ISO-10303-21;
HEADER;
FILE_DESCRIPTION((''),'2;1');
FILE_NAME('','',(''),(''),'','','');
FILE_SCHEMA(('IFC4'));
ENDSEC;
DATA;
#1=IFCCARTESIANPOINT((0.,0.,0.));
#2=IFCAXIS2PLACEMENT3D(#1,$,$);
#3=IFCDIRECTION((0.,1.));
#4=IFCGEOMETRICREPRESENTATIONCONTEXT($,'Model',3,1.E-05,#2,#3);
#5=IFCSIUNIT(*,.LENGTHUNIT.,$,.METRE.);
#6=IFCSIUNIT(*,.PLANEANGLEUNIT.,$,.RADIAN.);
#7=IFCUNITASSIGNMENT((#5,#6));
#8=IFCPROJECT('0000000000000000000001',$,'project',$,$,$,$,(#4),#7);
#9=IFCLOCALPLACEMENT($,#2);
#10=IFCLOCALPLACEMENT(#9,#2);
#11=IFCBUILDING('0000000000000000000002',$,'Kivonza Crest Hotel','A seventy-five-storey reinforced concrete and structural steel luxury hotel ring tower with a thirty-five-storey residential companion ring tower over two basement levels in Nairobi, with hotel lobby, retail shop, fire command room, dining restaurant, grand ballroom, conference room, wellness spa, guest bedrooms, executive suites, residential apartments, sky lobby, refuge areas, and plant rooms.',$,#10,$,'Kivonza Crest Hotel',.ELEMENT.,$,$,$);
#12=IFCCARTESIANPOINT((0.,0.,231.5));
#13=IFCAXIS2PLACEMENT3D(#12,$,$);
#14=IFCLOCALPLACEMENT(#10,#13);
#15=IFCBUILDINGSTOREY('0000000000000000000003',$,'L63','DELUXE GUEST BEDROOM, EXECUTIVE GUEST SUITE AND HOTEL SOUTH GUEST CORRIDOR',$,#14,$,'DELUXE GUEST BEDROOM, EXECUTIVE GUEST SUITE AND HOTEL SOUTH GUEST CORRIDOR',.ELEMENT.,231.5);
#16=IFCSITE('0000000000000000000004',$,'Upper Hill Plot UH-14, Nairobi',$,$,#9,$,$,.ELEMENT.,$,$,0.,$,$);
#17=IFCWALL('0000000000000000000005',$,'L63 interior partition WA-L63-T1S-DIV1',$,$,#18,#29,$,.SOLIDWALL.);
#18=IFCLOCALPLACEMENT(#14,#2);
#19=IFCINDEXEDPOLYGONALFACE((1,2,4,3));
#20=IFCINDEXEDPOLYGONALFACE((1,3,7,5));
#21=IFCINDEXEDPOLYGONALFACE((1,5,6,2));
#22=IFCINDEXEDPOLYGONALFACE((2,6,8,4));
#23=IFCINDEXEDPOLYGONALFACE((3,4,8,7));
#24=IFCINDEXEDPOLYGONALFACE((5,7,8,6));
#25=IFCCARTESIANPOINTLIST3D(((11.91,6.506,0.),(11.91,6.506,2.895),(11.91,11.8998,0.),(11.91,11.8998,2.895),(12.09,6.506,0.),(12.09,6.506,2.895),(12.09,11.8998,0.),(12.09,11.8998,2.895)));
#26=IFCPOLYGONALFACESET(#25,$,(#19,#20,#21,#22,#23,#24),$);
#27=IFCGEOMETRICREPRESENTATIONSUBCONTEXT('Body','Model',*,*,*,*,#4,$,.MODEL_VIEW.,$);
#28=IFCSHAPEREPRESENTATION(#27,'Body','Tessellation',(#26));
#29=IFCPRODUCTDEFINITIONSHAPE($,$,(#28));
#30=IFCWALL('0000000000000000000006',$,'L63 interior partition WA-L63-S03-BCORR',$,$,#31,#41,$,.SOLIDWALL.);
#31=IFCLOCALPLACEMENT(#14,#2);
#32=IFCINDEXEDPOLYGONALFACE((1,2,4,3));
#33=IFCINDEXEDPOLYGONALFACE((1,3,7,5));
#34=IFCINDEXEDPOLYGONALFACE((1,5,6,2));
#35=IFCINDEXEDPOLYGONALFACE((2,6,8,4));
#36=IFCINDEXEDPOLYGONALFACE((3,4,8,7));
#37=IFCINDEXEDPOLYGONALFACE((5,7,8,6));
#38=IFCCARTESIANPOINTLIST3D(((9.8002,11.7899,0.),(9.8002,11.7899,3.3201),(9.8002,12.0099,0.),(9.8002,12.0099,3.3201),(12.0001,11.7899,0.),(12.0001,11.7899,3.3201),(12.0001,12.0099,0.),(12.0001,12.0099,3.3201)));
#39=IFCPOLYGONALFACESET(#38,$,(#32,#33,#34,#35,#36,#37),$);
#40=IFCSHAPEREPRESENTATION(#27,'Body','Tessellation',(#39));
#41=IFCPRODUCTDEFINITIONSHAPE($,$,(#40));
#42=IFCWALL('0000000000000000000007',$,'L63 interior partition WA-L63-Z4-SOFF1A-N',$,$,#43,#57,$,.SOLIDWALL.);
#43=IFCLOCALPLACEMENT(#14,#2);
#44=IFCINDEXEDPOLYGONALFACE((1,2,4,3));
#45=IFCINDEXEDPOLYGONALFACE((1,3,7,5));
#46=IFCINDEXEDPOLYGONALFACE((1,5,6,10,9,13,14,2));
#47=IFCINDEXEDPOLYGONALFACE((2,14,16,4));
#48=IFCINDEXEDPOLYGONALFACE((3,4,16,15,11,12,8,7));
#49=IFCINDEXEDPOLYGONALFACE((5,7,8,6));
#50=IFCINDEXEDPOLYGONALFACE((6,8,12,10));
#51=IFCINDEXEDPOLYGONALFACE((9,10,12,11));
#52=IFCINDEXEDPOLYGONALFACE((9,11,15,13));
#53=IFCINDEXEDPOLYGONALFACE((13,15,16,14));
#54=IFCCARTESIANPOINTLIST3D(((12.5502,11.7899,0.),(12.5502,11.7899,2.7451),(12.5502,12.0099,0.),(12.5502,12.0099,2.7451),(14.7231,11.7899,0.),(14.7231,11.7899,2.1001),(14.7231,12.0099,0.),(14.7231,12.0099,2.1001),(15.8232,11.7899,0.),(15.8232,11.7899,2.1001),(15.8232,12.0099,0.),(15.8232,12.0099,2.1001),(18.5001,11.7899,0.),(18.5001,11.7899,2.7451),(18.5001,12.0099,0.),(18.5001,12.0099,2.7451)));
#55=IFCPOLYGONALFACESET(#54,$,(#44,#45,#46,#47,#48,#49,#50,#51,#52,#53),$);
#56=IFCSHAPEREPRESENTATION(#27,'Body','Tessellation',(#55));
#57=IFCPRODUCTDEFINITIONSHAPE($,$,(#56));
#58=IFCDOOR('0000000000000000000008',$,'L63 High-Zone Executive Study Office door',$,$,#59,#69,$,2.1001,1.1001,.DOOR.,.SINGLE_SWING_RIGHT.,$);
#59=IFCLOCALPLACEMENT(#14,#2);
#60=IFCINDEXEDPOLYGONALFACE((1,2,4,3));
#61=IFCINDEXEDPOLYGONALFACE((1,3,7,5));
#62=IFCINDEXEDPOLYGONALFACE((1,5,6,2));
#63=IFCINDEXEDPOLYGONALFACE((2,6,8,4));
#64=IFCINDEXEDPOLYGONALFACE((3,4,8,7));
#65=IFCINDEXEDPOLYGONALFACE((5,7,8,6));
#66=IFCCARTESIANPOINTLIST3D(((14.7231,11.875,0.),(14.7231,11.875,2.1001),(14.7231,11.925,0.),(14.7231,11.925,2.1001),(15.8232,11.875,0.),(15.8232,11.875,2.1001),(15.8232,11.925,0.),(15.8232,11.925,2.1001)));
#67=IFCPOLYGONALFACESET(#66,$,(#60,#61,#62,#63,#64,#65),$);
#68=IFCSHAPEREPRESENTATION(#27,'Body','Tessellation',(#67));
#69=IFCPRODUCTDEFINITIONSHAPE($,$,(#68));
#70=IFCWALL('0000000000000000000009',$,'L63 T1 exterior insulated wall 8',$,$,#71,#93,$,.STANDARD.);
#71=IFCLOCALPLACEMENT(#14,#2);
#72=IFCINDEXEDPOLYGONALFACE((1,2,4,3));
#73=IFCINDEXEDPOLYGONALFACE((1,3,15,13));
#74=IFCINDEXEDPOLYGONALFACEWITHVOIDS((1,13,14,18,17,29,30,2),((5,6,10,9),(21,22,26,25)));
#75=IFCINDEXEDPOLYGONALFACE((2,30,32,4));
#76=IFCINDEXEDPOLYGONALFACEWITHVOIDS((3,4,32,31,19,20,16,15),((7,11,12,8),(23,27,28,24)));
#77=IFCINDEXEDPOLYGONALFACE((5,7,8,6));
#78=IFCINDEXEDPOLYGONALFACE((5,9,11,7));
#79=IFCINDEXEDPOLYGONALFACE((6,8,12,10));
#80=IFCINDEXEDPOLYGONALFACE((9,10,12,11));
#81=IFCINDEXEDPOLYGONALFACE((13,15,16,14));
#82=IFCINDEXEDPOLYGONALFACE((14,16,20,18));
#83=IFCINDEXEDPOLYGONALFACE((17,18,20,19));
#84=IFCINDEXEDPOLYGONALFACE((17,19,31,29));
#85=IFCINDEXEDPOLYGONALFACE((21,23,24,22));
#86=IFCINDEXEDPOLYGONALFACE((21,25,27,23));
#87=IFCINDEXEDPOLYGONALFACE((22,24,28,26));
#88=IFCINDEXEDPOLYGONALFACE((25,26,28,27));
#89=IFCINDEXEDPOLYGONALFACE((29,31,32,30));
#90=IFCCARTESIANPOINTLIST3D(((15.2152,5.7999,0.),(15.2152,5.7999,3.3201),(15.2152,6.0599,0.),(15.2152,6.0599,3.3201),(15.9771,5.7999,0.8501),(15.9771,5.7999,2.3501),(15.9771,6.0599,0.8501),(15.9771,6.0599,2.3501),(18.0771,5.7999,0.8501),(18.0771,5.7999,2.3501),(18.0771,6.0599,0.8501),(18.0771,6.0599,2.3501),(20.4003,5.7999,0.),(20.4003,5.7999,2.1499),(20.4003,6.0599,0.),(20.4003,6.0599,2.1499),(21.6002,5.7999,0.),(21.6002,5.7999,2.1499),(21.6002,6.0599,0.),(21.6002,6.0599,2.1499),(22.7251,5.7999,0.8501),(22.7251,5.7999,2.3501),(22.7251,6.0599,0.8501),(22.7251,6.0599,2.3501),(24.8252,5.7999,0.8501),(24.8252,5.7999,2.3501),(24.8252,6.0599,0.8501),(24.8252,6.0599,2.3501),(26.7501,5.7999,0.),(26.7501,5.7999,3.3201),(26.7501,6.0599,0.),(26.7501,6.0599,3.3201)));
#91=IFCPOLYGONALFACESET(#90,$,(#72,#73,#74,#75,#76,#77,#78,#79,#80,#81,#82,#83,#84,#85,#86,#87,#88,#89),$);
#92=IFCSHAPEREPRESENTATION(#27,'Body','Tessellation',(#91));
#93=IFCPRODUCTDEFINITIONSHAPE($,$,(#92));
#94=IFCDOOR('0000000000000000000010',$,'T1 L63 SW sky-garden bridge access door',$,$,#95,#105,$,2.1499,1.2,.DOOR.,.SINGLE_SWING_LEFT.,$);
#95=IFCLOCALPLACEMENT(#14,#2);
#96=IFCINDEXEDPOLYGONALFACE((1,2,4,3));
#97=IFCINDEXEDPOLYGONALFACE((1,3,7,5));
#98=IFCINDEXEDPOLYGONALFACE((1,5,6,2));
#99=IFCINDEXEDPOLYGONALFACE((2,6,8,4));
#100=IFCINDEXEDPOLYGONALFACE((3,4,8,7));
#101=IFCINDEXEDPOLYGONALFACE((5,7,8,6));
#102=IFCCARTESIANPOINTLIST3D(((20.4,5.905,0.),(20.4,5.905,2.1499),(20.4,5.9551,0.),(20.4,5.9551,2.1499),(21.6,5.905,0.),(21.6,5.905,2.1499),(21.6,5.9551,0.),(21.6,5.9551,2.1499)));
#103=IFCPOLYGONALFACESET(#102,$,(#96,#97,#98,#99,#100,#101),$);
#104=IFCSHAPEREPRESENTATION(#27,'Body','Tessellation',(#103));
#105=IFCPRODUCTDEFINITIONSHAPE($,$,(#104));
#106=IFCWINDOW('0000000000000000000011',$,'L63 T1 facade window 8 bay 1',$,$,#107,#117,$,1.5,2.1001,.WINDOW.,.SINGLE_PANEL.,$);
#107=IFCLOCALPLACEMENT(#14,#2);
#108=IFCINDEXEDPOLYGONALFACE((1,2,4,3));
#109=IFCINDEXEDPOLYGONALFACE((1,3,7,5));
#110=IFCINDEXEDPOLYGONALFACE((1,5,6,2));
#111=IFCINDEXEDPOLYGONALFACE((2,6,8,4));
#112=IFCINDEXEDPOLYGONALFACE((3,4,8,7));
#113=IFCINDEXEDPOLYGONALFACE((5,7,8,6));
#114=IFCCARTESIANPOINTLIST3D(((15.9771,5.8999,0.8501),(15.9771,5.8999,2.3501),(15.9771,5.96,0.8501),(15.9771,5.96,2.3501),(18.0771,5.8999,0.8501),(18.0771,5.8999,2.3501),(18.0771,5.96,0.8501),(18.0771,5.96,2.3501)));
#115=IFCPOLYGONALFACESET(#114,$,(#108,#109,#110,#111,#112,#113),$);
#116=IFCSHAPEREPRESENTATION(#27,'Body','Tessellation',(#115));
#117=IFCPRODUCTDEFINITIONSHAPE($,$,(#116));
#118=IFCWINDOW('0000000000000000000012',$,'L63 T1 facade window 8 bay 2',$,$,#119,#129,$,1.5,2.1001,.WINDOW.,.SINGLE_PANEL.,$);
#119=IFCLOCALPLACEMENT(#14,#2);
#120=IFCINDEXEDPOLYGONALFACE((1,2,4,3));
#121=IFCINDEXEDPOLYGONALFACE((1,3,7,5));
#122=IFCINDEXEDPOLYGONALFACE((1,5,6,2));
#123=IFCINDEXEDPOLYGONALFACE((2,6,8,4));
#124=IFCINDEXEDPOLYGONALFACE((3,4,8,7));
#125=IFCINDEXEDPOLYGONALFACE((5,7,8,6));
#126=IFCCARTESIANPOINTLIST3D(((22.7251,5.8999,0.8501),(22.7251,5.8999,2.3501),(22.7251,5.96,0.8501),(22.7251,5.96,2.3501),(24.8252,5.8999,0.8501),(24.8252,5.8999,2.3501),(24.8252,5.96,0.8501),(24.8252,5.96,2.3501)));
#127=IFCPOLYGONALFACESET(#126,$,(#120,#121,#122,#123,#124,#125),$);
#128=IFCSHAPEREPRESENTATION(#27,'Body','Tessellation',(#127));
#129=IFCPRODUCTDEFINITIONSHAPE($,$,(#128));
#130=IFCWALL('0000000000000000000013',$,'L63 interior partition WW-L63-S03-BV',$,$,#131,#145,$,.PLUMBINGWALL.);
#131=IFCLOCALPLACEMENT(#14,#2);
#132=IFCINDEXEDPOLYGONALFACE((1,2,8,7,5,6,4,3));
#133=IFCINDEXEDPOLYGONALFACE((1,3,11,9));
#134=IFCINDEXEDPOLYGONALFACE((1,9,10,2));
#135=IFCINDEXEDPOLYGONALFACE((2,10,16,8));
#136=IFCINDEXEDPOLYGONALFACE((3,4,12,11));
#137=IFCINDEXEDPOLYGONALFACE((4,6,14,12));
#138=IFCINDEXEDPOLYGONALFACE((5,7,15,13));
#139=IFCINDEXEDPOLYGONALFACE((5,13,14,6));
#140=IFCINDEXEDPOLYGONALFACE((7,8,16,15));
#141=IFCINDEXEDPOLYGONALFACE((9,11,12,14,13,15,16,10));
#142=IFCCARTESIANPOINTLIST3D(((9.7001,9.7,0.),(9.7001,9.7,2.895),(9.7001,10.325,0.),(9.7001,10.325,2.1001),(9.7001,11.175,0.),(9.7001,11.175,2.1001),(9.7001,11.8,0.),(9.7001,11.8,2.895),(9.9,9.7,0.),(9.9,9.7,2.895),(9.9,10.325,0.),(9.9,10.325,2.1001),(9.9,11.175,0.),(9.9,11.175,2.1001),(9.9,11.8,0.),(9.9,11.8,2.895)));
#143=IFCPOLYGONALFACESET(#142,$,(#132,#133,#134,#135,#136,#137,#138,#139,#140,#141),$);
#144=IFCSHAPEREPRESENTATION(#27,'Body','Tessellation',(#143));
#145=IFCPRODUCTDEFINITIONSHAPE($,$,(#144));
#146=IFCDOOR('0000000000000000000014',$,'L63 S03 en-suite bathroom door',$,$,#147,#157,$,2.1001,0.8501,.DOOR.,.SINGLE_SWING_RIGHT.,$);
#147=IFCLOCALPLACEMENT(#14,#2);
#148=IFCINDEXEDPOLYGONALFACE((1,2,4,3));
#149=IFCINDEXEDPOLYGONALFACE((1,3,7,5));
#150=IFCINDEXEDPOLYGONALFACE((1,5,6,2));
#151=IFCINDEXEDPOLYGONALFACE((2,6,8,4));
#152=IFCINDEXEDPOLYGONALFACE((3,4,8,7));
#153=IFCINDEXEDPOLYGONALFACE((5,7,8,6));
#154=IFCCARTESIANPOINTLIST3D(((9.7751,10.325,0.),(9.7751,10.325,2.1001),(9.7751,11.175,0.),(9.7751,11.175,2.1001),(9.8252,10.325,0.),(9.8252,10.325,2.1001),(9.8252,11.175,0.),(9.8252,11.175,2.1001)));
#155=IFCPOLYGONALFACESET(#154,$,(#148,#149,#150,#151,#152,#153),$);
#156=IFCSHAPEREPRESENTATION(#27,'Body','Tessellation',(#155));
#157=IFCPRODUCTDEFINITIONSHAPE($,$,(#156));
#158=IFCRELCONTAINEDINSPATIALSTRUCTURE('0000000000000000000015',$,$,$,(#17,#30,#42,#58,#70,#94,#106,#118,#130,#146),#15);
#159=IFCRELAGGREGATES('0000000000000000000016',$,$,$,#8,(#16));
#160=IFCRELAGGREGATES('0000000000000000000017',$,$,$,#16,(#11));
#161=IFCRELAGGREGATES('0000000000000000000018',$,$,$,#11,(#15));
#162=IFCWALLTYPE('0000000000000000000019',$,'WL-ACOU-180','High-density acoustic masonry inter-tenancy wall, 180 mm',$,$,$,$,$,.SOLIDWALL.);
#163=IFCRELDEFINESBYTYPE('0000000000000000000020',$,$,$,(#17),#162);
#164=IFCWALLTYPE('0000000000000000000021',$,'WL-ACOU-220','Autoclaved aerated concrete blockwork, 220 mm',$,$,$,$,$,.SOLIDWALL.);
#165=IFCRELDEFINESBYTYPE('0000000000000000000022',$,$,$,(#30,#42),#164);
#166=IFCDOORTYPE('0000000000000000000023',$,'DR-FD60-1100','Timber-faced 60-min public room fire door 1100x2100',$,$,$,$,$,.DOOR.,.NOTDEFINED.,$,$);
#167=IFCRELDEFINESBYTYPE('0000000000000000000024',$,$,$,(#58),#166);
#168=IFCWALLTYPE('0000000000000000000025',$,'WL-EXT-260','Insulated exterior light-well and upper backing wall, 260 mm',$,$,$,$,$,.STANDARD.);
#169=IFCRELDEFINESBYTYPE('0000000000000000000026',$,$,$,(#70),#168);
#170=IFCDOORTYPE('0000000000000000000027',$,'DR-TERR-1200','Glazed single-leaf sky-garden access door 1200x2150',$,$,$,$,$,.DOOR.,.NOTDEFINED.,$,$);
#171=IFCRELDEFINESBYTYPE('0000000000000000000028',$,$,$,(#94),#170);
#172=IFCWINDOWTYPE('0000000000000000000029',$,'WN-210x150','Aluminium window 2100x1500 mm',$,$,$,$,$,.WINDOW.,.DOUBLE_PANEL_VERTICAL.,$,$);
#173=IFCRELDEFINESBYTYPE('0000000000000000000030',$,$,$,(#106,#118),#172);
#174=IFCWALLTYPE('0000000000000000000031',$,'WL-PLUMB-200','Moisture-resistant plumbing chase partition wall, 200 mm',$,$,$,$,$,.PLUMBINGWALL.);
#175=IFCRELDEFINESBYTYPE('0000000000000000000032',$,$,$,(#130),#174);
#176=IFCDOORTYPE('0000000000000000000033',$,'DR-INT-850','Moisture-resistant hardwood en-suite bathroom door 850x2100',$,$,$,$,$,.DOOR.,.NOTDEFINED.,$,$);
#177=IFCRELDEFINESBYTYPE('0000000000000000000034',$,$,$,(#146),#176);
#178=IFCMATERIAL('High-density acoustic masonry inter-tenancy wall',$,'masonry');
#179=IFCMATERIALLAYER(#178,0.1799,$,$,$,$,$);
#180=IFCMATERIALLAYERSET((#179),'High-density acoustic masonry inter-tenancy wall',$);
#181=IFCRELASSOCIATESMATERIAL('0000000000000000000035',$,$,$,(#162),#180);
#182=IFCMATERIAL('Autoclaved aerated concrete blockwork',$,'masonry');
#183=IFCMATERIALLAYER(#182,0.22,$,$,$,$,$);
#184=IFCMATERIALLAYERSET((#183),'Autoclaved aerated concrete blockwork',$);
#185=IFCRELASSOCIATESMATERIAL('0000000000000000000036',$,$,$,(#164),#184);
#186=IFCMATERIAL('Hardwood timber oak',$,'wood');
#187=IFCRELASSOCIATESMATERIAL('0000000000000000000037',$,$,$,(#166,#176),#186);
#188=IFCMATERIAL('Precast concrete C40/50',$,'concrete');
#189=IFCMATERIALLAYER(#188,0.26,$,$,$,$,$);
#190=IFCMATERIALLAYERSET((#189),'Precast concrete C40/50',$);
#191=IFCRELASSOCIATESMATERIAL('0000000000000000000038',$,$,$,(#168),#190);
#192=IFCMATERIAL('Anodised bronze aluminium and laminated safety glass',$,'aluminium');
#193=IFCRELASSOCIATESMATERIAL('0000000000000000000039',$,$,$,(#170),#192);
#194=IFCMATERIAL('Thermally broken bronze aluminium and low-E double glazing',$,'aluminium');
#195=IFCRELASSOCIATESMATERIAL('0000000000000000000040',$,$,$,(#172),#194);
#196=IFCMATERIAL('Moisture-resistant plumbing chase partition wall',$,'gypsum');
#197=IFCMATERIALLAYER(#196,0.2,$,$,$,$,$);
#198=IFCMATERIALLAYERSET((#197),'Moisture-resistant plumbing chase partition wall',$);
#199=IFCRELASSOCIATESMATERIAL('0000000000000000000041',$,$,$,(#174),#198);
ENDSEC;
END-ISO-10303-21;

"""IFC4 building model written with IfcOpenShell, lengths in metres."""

from ifc_helpers import new_model, si_unit, direction, frame, frame_2d, origin, place, context, subcontext, project, spatial, rectangle, extrude, material, layer, layer_set, type_object, element, fill, save


model = new_model("IFC4")

# Units and contexts
model_context = context("Model", 3, precision=1e-05, world=origin(), true_north=direction((0.0, 1.0)))
body_context = subcontext(model_context, "Body", "Model", "MODEL_VIEW")
ifc_project = project(units=[si_unit("LENGTHUNIT", "METRE"), si_unit("PLANEANGLEUNIT", "RADIAN")], contexts=[model_context])

# Site, building, storey
site_placement = place(None, origin())
site = spatial("IfcSite", under=ifc_project, at=site_placement, Name="Upper Hill Plot UH-14, Nairobi", CompositionType="ELEMENT", RefElevation=0.0)
building_placement = place(site_placement, origin())
building = spatial("IfcBuilding", under=site, at=building_placement, Name="Kivonza Crest Hotel", Description="A seventy-five-storey reinforced concrete and structural steel luxury hotel ring tower with a thirty-five-storey residential companion ring tower over two basement levels in Nairobi, with hotel lobby, retail shop, fire command room, dining restaurant, grand ballroom, conference room, wellness spa, guest bedrooms, executive suites, residential apartments, sky lobby, refuge areas, and plant rooms.", LongName="Kivonza Crest Hotel", CompositionType="ELEMENT")
storey_placement = place(building_placement, frame((0.0, 0.0, 231.5)))
storey = spatial("IfcBuildingStorey", under=building, at=storey_placement, Name="L63", Description="DELUXE GUEST BEDROOM, EXECUTIVE GUEST SUITE AND HOTEL SOUTH GUEST CORRIDOR", LongName="DELUXE GUEST BEDROOM, EXECUTIVE GUEST SUITE AND HOTEL SOUTH GUEST CORRIDOR", CompositionType="ELEMENT", Elevation=231.5)

# Walls
ifc_material_1 = material(Name="High-density acoustic masonry inter-tenancy wall", Category="masonry")
ifc_layer_1 = layer(ifc_material_1, 0.1799)
ifc_layer_set_1 = layer_set([ifc_layer_1], Name="High-density acoustic masonry inter-tenancy wall")
wall_type_1 = type_object("IfcWallType", Name="WL-ACOU-180", Description="High-density acoustic masonry inter-tenancy wall, 180 mm", PredefinedType="SOLIDWALL", material=ifc_layer_set_1)
wall_1_placement = place(storey_placement, frame((12.0, 6.5061, 0.0), z_axis=(0.0, 0.0, 1.0), x_axis=(0.0, 1.0, 0.0)))
element("IfcWall", 1, at=wall_1_placement, inside=storey, type_object=wall_type_1, Name="L63 interior partition WA-L63-T1S-DIV1", PredefinedType="SOLIDWALL", context=body_context, shape_type="SweptSolid", body=[
    extrude(rectangle(XDim=5.3938, YDim=0.1799, at=frame_2d((2.6968, 0.0))), origin(), (0.0, 0.0, 1.0), 2.895),
])
ifc_material_2 = material(Name="Autoclaved aerated concrete blockwork", Category="masonry")
ifc_layer_2 = layer(ifc_material_2, 0.22)
ifc_layer_set_2 = layer_set([ifc_layer_2], Name="Autoclaved aerated concrete blockwork")
wall_type_2 = type_object("IfcWallType", Name="WL-ACOU-220", Description="Autoclaved aerated concrete blockwork, 220 mm", PredefinedType="SOLIDWALL", material=ifc_layer_set_2)
wall_2_placement = place(storey_placement, frame((9.8, 11.8999, 0.0), z_axis=(0.0, 0.0, 1.0), x_axis=(1.0, 0.0, 0.0)))
element("IfcWall", 2, at=wall_2_placement, inside=storey, type_object=wall_type_2, Name="L63 interior partition WA-L63-S03-BCORR", PredefinedType="SOLIDWALL", context=body_context, shape_type="SweptSolid", body=[
    extrude(rectangle(XDim=2.2, YDim=0.22, at=frame_2d((1.1001, 0.0))), origin(), (0.0, 0.0, 1.0), 3.3201),
])

# Wall, opening, door
wall_3_placement = place(storey_placement, frame((12.55, 11.8999, 0.0), z_axis=(0.0, 0.0, 1.0), x_axis=(1.0, 0.0, 0.0)))
wall_3 = element("IfcWall", 3, at=wall_3_placement, inside=storey, type_object=wall_type_2, Name="L63 interior partition WA-L63-Z4-SOFF1A-N", PredefinedType="SOLIDWALL", context=body_context, shape_type="SweptSolid", body=[
    extrude(rectangle(XDim=5.95, YDim=0.22, at=frame_2d((2.9751, 0.0))), origin(), (0.0, 0.0, 1.0), 2.7451),
])
opening_1_placement = place(wall_3_placement, frame((2.1731, 0.0, 0.0)))
opening_1 = element("IfcOpeningElement", 4, at=opening_1_placement, cuts=wall_3, PredefinedType="OPENING", context=body_context, shape_type="SweptSolid", body=[
    extrude(rectangle(XDim=1.1001, YDim=2.1001, at=frame_2d((0.55, 1.05))), frame((0.0, 0.1201, 0.0), z_axis=(0.0, -1.0, 0.0), x_axis=(1.0, 0.0, 0.0)), (0.0, 0.0, 1.0), 0.24),
])
ifc_material_3 = material(Name="Hardwood timber oak", Category="wood")
door_type_1 = type_object("IfcDoorType", Name="DR-FD60-1100", Description="Timber-faced 60-min public room fire door 1100x2100", OperationType="NOTDEFINED", PredefinedType="DOOR", material=ifc_material_3)
door_1_placement = place(opening_1_placement, frame((1.1001, 0.0, 0.0), z_axis=(0.0, 0.0, 1.0), x_axis=(-1.0, 0.0, 0.0)))
door_1 = element("IfcDoor", 5, at=door_1_placement, inside=storey, type_object=door_type_1, Name="L63 High-Zone Executive Study Office door", OperationType="SINGLE_SWING_RIGHT", OverallHeight=2.1001, OverallWidth=1.1001, PredefinedType="DOOR", context=body_context, shape_type="SweptSolid", body=[
    extrude(rectangle(XDim=1.1001, YDim=2.1001, at=frame_2d((0.55, 1.05))), frame((0.0, 0.0249, 0.0), z_axis=(0.0, -1.0, 0.0), x_axis=(1.0, 0.0, 0.0)), (0.0, 0.0, 1.0), 0.05),
])
fill(opening_1, door_1)

# Wall, openings, door, windows
ifc_material_4 = material(Name="Precast concrete C40/50", Category="concrete")
ifc_layer_3 = layer(ifc_material_4, 0.26)
ifc_layer_set_3 = layer_set([ifc_layer_3], Name="Precast concrete C40/50")
wall_type_3 = type_object("IfcWallType", Name="WL-EXT-260", Description="Insulated exterior light-well and upper backing wall, 260 mm", PredefinedType="STANDARD", material=ifc_layer_set_3)
wall_4_placement = place(storey_placement, frame((15.2151, 5.9299, 0.0), z_axis=(0.0, 0.0, 1.0), x_axis=(1.0, 0.0, 0.0)))
wall_4 = element("IfcWall", 6, at=wall_4_placement, inside=storey, type_object=wall_type_3, Name="L63 T1 exterior insulated wall 8", PredefinedType="STANDARD", context=body_context, shape_type="SweptSolid", body=[
    extrude(rectangle(XDim=11.5349, YDim=0.26, at=frame_2d((5.7676, 0.0))), origin(), (0.0, 0.0, 1.0), 3.3201),
])
opening_2_placement = place(wall_4_placement, frame((5.1851, 0.0, 0.0)))
opening_2 = element("IfcOpeningElement", 7, at=opening_2_placement, cuts=wall_4, PredefinedType="OPENING", context=body_context, shape_type="SweptSolid", body=[
    extrude(rectangle(XDim=1.2, YDim=2.1499, at=frame_2d((0.6001, 1.075))), frame((0.0, 0.1401, 0.0), z_axis=(0.0, -1.0, 0.0), x_axis=(1.0, 0.0, 0.0)), (0.0, 0.0, 1.0), 0.28),
])
opening_3_placement = place(wall_4_placement, frame((0.762, 0.0, 0.8501)))
opening_3 = element("IfcOpeningElement", 8, at=opening_3_placement, cuts=wall_4, PredefinedType="OPENING", context=body_context, shape_type="SweptSolid", body=[
    extrude(rectangle(XDim=2.1001, YDim=1.5, at=frame_2d((1.05, 0.75))), frame((0.0, 0.1401, 0.0), z_axis=(0.0, -1.0, 0.0), x_axis=(1.0, 0.0, 0.0)), (0.0, 0.0, 1.0), 0.28),
])
opening_4_placement = place(wall_4_placement, frame((7.51, 0.0, 0.8501)))
opening_4 = element("IfcOpeningElement", 9, at=opening_4_placement, cuts=wall_4, PredefinedType="OPENING", context=body_context, shape_type="SweptSolid", body=[
    extrude(rectangle(XDim=2.1001, YDim=1.5, at=frame_2d((1.05, 0.75))), frame((0.0, 0.1401, 0.0), z_axis=(0.0, -1.0, 0.0), x_axis=(1.0, 0.0, 0.0)), (0.0, 0.0, 1.0), 0.28),
])
ifc_material_5 = material(Name="Anodised bronze aluminium and laminated safety glass", Category="aluminium")
door_type_2 = type_object("IfcDoorType", Name="DR-TERR-1200", Description="Glazed single-leaf sky-garden access door 1200x2150", OperationType="NOTDEFINED", PredefinedType="DOOR", material=ifc_material_5)
door_2_placement = place(opening_2_placement, frame((1.2, 0.0, 0.0), z_axis=(0.0, 0.0, 1.0), x_axis=(-1.0, 0.0, 0.0)))
door_2 = element("IfcDoor", 10, at=door_2_placement, inside=storey, type_object=door_type_2, Name="T1 L63 SW sky-garden bridge access door", OperationType="SINGLE_SWING_LEFT", OverallHeight=2.1499, OverallWidth=1.2, PredefinedType="DOOR", context=body_context, shape_type="SweptSolid", body=[
    extrude(rectangle(XDim=1.2, YDim=2.1499, at=frame_2d((0.6001, 1.075))), frame((0.0, 0.0249, 0.0), z_axis=(0.0, -1.0, 0.0), x_axis=(1.0, 0.0, 0.0)), (0.0, 0.0, 1.0), 0.05),
])
fill(opening_2, door_2)
ifc_material_6 = material(Name="Thermally broken bronze aluminium and low-E double glazing", Category="aluminium")
window_type = type_object("IfcWindowType", Name="WN-210x150", Description="Aluminium window 2100x1500 mm", PartitioningType="DOUBLE_PANEL_VERTICAL", PredefinedType="WINDOW", material=ifc_material_6)
window_1_placement = place(opening_3_placement, origin())
window_1 = element("IfcWindow", 11, at=window_1_placement, inside=storey, type_object=window_type, Name="L63 T1 facade window 8 bay 1", OverallHeight=1.5, OverallWidth=2.1001, PartitioningType="SINGLE_PANEL", PredefinedType="WINDOW", context=body_context, shape_type="SweptSolid", body=[
    extrude(rectangle(XDim=2.1001, YDim=1.5, at=frame_2d((1.05, 0.75))), frame((0.0, 0.03, 0.0), z_axis=(0.0, -1.0, 0.0), x_axis=(1.0, 0.0, 0.0)), (0.0, 0.0, 1.0), 0.0601),
])
fill(opening_3, window_1)
window_2_placement = place(opening_4_placement, origin())
window_2 = element("IfcWindow", 12, at=window_2_placement, inside=storey, type_object=window_type, Name="L63 T1 facade window 8 bay 2", OverallHeight=1.5, OverallWidth=2.1001, PartitioningType="SINGLE_PANEL", PredefinedType="WINDOW", context=body_context, shape_type="SweptSolid", body=[
    extrude(rectangle(XDim=2.1001, YDim=1.5, at=frame_2d((1.05, 0.75))), frame((0.0, 0.03, 0.0), z_axis=(0.0, -1.0, 0.0), x_axis=(1.0, 0.0, 0.0)), (0.0, 0.0, 1.0), 0.0601),
])
fill(opening_4, window_2)

# Wall, opening, door
ifc_material_7 = material(Name="Moisture-resistant plumbing chase partition wall", Category="gypsum")
ifc_layer_4 = layer(ifc_material_7, 0.2)
ifc_layer_set_4 = layer_set([ifc_layer_4], Name="Moisture-resistant plumbing chase partition wall")
wall_type_4 = type_object("IfcWallType", Name="WL-PLUMB-200", Description="Moisture-resistant plumbing chase partition wall, 200 mm", PredefinedType="PLUMBINGWALL", material=ifc_layer_set_4)
wall_5_placement = place(storey_placement, frame((9.8, 9.7, 0.0), z_axis=(0.0, 0.0, 1.0), x_axis=(0.0, 1.0, 0.0)))
wall_5 = element("IfcWall", 13, at=wall_5_placement, inside=storey, type_object=wall_type_4, Name="L63 interior partition WW-L63-S03-BV", PredefinedType="PLUMBINGWALL", context=body_context, shape_type="SweptSolid", body=[
    extrude(rectangle(XDim=2.1001, YDim=0.2, at=frame_2d((1.05, 0.0))), origin(), (0.0, 0.0, 1.0), 2.895),
])
opening_5_placement = place(wall_5_placement, frame((0.625, 0.0, 0.0)))
opening_5 = element("IfcOpeningElement", 14, at=opening_5_placement, cuts=wall_5, PredefinedType="OPENING", context=body_context, shape_type="SweptSolid", body=[
    extrude(rectangle(XDim=0.8501, YDim=2.1001, at=frame_2d((0.425, 1.05))), frame((0.0, 0.1099, 0.0), z_axis=(0.0, -1.0, 0.0), x_axis=(1.0, 0.0, 0.0)), (0.0, 0.0, 1.0), 0.22),
])
door_type_3 = type_object("IfcDoorType", Name="DR-INT-850", Description="Moisture-resistant hardwood en-suite bathroom door 850x2100", OperationType="NOTDEFINED", PredefinedType="DOOR", material=ifc_material_3)
door_3_placement = place(opening_5_placement, origin())
door_3 = element("IfcDoor", 15, at=door_3_placement, inside=storey, type_object=door_type_3, Name="L63 S03 en-suite bathroom door", OperationType="SINGLE_SWING_RIGHT", OverallHeight=2.1001, OverallWidth=0.8501, PredefinedType="DOOR", context=body_context, shape_type="SweptSolid", body=[
    extrude(rectangle(XDim=0.8501, YDim=2.1001, at=frame_2d((0.425, 1.05))), frame((0.0, 0.0249, 0.0), z_axis=(0.0, -1.0, 0.0), x_axis=(1.0, 0.0, 0.0)), (0.0, 0.0, 1.0), 0.05),
])
fill(opening_5, door_3)

save(model, "model.ifc")
